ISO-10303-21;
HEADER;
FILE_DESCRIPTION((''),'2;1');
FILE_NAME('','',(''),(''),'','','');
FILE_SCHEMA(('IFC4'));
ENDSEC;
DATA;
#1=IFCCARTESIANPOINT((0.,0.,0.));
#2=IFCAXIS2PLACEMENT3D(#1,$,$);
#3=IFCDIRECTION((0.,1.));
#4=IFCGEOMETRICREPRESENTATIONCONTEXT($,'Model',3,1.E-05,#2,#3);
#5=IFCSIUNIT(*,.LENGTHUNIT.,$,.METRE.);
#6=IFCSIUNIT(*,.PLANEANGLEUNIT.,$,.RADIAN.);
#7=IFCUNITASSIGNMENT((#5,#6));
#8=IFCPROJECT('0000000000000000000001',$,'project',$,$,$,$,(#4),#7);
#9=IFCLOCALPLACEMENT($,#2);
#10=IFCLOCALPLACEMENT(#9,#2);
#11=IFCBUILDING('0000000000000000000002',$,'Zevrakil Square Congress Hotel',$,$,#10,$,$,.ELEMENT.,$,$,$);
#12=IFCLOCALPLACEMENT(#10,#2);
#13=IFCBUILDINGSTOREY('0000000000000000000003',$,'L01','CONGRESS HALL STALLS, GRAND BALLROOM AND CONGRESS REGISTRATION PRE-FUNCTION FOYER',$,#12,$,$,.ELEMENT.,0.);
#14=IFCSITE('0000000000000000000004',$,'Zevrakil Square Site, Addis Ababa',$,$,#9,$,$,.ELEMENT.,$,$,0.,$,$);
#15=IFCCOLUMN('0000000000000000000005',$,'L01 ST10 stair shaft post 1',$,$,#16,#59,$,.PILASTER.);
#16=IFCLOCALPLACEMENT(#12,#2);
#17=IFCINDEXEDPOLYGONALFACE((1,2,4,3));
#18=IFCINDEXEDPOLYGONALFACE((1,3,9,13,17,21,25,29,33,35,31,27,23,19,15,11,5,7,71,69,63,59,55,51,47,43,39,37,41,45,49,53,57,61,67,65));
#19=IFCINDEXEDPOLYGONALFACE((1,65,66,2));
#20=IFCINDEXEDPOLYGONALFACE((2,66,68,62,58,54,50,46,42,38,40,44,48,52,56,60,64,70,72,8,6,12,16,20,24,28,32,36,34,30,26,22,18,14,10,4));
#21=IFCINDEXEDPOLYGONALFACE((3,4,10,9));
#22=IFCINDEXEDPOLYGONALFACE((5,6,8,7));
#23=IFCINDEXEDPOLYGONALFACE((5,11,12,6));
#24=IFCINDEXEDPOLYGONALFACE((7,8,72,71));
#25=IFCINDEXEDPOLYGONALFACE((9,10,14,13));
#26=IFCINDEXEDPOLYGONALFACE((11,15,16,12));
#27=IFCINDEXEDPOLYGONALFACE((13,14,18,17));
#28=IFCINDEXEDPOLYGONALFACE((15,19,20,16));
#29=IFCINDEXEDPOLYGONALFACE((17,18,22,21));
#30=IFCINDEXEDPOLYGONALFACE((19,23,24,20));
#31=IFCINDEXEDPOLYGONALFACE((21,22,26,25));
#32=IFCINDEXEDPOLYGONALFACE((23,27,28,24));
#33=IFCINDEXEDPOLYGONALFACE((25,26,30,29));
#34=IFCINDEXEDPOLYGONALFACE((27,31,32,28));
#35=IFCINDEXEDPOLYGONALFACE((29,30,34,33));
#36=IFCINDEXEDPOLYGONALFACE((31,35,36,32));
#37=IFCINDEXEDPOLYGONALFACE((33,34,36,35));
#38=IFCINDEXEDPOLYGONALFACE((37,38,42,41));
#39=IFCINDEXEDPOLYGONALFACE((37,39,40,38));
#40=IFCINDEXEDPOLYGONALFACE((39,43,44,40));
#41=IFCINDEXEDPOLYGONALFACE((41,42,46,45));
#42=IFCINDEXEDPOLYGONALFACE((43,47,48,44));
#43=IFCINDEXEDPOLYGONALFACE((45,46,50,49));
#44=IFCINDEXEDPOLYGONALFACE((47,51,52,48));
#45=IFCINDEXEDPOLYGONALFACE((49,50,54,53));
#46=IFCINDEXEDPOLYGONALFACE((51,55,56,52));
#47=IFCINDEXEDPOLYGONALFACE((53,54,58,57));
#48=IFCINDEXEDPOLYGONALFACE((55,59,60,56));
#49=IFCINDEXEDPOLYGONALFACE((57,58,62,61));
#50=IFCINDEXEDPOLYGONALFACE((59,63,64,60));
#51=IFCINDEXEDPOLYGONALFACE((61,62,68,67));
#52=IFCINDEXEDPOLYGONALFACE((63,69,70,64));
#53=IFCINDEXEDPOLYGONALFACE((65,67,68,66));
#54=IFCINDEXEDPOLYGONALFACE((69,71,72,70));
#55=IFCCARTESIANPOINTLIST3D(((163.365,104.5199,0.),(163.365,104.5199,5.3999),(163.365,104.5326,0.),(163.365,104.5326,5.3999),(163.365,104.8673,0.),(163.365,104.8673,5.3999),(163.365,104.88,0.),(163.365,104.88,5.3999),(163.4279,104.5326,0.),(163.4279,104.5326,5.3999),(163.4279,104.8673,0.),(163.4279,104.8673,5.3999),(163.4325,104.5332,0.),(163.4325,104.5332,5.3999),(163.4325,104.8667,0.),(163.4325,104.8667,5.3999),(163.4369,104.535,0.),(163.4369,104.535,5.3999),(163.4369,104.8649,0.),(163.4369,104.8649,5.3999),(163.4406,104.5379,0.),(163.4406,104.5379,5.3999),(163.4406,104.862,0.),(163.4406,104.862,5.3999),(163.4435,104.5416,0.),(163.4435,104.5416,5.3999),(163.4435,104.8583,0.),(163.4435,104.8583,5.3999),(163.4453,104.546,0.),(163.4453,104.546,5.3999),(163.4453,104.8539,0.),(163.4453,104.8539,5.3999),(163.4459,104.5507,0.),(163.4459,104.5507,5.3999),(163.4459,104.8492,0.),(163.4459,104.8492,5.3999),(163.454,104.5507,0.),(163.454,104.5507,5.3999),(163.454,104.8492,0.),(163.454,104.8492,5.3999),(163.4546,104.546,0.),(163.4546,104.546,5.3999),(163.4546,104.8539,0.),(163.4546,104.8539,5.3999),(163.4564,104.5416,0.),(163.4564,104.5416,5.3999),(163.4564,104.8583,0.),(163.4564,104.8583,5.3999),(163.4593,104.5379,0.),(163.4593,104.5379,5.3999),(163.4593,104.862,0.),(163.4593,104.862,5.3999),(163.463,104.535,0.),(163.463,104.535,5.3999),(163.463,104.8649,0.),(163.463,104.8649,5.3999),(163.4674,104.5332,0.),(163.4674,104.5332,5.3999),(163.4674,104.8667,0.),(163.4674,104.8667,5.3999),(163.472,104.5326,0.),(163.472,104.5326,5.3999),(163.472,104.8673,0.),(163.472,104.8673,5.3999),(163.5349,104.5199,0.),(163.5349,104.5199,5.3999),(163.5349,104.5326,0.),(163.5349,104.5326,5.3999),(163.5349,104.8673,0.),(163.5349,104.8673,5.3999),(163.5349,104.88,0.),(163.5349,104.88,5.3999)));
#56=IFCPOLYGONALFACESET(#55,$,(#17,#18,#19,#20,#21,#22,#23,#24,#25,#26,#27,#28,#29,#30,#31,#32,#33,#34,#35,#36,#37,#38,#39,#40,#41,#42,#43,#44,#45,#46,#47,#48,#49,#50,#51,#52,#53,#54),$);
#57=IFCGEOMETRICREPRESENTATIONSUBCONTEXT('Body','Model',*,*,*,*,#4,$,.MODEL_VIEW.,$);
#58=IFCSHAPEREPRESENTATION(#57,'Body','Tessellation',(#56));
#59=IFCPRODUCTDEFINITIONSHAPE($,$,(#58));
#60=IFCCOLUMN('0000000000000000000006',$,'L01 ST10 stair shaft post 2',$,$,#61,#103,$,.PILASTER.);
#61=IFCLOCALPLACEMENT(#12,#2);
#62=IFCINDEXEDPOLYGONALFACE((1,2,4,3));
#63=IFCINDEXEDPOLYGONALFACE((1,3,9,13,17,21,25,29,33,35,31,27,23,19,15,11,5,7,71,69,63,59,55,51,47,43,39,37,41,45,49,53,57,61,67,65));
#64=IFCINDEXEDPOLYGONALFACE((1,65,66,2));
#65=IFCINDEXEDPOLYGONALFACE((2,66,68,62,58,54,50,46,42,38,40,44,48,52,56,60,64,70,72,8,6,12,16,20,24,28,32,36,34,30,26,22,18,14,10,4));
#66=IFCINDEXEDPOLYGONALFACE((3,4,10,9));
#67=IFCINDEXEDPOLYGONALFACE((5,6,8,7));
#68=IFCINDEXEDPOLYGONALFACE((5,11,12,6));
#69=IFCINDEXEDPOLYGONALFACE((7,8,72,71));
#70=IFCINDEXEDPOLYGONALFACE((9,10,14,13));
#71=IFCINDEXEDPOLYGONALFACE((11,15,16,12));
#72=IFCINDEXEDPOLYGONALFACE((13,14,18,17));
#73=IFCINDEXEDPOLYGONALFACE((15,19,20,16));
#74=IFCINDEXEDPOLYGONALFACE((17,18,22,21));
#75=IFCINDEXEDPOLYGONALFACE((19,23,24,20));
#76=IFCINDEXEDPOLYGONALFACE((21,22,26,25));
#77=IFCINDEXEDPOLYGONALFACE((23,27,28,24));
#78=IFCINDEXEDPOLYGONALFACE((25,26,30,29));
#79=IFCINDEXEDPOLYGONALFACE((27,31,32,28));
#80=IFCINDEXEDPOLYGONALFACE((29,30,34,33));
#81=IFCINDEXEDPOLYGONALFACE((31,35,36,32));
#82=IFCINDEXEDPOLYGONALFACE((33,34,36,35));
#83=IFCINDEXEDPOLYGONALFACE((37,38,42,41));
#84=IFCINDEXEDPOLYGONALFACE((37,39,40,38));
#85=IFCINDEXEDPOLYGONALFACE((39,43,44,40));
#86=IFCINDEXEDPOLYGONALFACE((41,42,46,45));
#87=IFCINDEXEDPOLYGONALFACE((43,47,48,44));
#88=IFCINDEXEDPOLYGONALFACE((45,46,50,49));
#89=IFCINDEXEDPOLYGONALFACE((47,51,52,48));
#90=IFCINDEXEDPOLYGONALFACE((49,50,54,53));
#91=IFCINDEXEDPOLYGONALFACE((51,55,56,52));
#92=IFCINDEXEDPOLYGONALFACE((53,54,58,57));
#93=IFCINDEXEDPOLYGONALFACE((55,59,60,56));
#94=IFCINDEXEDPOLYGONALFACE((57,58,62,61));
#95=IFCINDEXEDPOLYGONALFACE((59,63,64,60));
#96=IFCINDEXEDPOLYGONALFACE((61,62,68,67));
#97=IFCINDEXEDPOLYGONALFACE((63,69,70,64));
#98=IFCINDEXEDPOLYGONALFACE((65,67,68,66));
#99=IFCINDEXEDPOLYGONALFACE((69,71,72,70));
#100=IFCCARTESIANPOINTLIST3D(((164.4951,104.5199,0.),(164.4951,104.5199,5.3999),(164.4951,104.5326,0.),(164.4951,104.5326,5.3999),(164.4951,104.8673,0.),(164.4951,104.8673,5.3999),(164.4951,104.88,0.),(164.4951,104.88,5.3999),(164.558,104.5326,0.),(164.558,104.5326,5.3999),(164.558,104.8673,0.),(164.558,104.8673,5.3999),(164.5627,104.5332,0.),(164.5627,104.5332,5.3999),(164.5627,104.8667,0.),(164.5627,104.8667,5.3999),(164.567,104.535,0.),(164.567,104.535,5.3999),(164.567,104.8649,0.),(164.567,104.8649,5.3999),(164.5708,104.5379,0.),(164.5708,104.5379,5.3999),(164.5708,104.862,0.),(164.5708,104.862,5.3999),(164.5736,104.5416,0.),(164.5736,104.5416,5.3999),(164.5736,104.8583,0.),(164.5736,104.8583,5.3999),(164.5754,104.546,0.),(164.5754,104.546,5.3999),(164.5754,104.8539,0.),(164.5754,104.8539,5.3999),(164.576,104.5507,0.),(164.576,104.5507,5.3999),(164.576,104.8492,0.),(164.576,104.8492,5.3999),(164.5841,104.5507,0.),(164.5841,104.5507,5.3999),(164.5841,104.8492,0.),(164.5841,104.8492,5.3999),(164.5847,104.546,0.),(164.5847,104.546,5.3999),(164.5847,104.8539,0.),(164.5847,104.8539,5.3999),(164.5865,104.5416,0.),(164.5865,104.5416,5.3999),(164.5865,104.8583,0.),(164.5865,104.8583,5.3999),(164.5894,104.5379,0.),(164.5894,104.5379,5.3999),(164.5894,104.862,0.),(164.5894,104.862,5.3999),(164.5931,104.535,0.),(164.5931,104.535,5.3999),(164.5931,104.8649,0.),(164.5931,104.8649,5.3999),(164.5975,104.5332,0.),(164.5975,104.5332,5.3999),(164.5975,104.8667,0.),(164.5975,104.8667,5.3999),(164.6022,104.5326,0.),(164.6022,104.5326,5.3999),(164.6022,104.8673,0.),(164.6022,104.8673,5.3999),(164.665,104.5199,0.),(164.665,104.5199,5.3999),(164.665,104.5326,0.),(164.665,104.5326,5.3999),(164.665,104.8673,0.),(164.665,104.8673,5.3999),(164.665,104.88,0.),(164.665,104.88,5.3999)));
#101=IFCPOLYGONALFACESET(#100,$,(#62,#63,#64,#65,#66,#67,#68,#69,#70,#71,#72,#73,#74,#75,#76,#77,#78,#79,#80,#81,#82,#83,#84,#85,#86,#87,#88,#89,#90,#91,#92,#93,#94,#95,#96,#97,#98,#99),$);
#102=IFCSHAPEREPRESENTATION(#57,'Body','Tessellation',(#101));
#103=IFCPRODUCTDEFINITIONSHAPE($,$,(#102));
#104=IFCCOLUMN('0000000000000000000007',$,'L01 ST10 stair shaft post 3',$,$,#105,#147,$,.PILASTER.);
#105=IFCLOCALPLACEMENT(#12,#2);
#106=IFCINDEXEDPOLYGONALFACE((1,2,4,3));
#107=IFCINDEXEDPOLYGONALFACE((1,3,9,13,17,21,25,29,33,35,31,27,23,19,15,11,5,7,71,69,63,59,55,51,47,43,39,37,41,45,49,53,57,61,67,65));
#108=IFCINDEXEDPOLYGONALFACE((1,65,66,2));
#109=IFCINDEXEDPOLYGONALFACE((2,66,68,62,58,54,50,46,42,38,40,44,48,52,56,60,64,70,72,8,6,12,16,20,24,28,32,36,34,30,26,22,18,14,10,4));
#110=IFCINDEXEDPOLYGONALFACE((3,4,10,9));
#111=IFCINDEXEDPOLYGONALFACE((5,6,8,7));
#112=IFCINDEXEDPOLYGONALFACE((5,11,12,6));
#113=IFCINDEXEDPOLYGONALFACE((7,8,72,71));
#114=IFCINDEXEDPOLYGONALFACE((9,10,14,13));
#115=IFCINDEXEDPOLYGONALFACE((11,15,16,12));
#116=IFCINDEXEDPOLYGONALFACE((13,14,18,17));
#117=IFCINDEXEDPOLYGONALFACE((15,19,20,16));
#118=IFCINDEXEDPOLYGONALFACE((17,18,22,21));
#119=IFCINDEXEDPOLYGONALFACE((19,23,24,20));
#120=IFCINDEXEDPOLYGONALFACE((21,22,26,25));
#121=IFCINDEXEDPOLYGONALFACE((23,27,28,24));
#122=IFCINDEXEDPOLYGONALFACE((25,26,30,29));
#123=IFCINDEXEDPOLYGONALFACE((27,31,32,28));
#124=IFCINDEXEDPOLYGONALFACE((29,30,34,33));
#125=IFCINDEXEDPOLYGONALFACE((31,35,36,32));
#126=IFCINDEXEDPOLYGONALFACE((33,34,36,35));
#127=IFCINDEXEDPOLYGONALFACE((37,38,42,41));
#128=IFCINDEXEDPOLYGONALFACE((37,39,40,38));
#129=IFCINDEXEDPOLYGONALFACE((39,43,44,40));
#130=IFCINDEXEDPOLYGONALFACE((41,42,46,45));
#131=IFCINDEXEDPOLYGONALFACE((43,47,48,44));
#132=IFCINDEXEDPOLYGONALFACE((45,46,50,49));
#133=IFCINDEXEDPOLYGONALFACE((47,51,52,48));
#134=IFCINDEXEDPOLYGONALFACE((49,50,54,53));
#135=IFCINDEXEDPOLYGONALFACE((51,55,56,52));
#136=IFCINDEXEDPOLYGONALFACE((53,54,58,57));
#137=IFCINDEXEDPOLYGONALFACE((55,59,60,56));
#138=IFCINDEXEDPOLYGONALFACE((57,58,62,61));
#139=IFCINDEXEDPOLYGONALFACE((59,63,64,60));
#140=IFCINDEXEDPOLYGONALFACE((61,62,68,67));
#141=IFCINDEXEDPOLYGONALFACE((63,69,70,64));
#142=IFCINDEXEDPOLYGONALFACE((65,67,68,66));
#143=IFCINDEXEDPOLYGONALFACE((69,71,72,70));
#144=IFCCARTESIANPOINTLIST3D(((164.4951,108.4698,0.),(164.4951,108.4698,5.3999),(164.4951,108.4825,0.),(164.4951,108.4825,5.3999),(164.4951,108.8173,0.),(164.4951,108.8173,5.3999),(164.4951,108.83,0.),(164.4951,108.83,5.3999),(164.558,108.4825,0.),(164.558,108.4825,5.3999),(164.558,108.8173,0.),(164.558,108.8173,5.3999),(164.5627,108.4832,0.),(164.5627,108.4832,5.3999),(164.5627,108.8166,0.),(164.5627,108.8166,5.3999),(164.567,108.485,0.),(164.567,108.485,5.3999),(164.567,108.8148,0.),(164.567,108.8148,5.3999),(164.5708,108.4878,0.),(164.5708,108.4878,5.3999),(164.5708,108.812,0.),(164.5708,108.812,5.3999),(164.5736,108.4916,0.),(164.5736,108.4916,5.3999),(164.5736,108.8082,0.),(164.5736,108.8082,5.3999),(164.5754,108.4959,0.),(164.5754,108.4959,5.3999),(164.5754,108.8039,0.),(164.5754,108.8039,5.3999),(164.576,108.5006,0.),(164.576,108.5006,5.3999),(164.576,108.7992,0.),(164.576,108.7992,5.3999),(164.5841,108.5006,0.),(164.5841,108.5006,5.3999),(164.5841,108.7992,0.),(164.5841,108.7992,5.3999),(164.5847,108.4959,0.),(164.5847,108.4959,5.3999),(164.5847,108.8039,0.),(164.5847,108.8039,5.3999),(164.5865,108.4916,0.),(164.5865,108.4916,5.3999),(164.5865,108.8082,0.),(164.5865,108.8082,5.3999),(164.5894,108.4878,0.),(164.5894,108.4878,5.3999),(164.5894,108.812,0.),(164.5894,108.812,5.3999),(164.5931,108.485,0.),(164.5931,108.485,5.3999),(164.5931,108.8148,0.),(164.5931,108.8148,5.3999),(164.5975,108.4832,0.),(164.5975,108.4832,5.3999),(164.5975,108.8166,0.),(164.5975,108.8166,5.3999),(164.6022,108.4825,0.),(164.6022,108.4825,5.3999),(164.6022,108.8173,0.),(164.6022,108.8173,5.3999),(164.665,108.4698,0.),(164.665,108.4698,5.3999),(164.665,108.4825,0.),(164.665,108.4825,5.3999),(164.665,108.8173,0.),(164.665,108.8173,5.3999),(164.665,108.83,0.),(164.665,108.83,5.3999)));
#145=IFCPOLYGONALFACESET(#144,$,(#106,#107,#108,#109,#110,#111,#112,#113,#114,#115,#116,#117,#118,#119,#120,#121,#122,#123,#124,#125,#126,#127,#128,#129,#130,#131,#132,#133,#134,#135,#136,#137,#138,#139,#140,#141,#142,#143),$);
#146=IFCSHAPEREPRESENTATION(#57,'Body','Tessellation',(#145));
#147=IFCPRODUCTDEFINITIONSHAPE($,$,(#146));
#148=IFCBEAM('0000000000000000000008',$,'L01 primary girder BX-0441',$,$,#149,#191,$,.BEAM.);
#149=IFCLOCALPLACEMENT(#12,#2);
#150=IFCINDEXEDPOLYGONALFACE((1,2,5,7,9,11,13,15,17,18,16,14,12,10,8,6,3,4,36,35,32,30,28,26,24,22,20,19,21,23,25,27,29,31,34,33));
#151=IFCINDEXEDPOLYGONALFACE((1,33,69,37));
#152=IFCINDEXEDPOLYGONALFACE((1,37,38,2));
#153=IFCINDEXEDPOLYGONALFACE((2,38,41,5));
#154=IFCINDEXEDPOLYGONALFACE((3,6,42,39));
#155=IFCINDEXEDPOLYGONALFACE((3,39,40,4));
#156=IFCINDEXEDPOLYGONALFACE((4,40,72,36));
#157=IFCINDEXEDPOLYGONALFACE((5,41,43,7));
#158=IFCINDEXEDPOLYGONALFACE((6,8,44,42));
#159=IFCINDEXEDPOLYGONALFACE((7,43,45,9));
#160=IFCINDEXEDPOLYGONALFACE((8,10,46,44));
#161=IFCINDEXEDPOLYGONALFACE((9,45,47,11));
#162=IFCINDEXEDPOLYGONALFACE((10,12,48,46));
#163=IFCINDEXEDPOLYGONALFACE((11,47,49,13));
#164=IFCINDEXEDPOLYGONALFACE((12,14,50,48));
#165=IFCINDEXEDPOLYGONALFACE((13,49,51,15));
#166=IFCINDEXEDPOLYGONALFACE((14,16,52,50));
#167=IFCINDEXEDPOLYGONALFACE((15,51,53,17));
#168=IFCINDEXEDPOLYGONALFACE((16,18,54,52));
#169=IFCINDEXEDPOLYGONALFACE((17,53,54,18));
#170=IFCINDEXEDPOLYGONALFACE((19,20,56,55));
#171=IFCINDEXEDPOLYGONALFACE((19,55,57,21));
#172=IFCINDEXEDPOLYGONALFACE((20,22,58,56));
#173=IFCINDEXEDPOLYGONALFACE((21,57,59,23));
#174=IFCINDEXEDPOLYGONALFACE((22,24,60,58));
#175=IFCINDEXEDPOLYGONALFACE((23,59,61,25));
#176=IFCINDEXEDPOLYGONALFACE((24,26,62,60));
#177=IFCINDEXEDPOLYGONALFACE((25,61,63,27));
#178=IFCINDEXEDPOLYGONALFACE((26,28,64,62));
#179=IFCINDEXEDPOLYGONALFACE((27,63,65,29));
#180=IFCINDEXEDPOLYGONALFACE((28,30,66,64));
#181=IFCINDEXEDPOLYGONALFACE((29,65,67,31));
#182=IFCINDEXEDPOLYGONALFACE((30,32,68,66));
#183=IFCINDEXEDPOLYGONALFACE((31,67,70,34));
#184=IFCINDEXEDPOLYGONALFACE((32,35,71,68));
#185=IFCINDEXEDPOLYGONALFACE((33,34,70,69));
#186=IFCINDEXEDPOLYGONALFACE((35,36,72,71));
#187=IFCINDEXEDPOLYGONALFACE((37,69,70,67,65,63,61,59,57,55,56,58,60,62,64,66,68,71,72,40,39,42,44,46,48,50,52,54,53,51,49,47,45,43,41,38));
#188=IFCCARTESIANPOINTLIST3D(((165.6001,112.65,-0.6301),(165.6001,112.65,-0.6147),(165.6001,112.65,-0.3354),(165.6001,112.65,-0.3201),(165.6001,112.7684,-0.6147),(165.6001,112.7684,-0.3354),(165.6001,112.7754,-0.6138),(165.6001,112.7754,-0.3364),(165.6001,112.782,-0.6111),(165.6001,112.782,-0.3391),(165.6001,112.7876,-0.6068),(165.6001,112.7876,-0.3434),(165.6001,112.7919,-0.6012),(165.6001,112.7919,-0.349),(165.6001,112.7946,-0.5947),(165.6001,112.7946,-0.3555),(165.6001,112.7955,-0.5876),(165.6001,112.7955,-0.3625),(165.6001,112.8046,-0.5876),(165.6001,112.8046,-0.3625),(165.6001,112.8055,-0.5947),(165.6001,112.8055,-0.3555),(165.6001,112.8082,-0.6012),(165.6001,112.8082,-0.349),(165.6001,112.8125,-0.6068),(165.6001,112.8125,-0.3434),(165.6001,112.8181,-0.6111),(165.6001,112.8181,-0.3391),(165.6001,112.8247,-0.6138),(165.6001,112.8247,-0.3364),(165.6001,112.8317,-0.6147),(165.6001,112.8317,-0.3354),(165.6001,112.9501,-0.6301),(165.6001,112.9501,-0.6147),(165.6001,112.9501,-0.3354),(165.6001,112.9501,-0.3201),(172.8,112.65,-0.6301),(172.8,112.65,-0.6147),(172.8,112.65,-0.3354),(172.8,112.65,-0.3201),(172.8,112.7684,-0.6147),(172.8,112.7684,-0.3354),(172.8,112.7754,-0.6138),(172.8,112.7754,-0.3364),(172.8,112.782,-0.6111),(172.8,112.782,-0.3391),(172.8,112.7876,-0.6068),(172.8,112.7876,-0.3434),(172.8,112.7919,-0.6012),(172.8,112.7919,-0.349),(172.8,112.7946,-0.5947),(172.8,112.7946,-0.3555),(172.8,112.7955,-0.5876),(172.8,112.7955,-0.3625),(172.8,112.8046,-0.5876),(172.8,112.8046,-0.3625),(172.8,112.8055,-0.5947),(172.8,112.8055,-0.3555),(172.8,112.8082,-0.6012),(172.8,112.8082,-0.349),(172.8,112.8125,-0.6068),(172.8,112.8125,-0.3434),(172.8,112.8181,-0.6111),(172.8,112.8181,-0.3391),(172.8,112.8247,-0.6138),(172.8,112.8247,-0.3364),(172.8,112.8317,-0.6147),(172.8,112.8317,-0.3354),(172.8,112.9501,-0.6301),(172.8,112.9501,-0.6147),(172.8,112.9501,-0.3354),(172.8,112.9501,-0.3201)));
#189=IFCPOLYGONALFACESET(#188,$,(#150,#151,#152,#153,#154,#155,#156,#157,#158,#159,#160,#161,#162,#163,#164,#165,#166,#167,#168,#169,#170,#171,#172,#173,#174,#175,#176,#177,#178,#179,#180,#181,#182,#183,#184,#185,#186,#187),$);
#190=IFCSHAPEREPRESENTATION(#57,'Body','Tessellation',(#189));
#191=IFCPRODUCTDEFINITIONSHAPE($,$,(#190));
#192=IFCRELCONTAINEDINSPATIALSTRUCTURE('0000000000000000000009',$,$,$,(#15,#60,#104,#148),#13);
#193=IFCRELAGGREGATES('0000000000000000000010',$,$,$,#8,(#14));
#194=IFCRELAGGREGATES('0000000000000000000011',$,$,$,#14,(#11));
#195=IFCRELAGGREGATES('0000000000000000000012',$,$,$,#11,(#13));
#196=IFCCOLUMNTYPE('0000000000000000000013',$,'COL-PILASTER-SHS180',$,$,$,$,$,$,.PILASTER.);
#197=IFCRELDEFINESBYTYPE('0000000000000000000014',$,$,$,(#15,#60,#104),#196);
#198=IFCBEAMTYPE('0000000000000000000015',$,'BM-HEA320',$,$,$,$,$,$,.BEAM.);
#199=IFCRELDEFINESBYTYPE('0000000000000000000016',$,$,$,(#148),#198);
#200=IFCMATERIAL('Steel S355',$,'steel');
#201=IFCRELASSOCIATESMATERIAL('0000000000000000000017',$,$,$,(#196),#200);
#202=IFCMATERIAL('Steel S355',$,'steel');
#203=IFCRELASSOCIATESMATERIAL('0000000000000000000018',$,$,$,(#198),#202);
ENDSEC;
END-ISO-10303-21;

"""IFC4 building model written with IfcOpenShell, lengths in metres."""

from ifc_helpers import new_model, si_unit, direction, frame, origin, origin_2d, place, context, subcontext, project, spatial, i_section, extrude, material, material_profile, profile_set, type_object, element, save


model = new_model("IFC4")

# Units and contexts
model_context = context("Model", 3, precision=1e-05, world=origin(), true_north=direction((0.0, 1.0)))
body_context = subcontext(model_context, "Body", "Model", "MODEL_VIEW")
ifc_project = project(units=[si_unit("LENGTHUNIT", "METRE"), si_unit("PLANEANGLEUNIT", "RADIAN")], contexts=[model_context])

# Site, building, storey
site_placement = place(None, origin())
site = spatial("IfcSite", under=ifc_project, at=site_placement, Name="Zevrakil Square Site, Addis Ababa", CompositionType="ELEMENT", RefElevation=0.0)
building_placement = place(site_placement, origin())
building = spatial("IfcBuilding", under=site, at=building_placement, Name="Zevrakil Square Congress Hotel", CompositionType="ELEMENT")
storey_placement = place(building_placement, origin())
storey = spatial("IfcBuildingStorey", under=building, at=storey_placement, Name="L01", Description="CONGRESS HALL STALLS, GRAND BALLROOM AND CONGRESS REGISTRATION PRE-FUNCTION FOYER", CompositionType="ELEMENT", Elevation=0.0)

# Columns
ifc_material_1 = material(Name="Steel S355", Category="steel")
ifc_material_profile_1 = material_profile(ifc_material_1, i_section(OverallWidth=0.1699, OverallDepth=0.3601, WebThickness=0.0081, FlangeThickness=0.0127, FilletRadius=0.0181, at=origin_2d()), Name="IPE 360")
ifc_profile_set_1 = profile_set([ifc_material_profile_1], Name="Steel S355")
column_type_1 = type_object("IfcColumnType", Name="COL-PILASTER-SHS180", PredefinedType="PILASTER", material=ifc_profile_set_1)
for number, where, z_axis, x_axis, name in (
    (1, (163.45, 104.7, 0.0), (0.0, 0.0, 1.0), (1.0, 0.0, 0.0), "L01 ST10 stair shaft post 1"),
    (2, (164.5801, 104.7, 0.0), (0.0, 0.0, 1.0), (1.0, 0.0, 0.0), "L01 ST10 stair shaft post 2"),
    (3, (164.5801, 108.6499, 0.0), (0.0, 0.0, 1.0), (1.0, 0.0, 0.0), "L01 ST10 stair shaft post 3"),
):
    element("IfcColumn", number, at=place(storey_placement, frame(where, z_axis=z_axis, x_axis=x_axis)), inside=storey, type_object=column_type_1, Name=name, PredefinedType="PILASTER", context=body_context, shape_type="SweptSolid", body=[
        extrude(i_section(OverallWidth=0.1699, OverallDepth=0.3601, WebThickness=0.0081, FlangeThickness=0.0127, FilletRadius=0.0181, at=origin_2d()), origin(), (0.0, 0.0, 1.0), 5.3999),
    ])

# Beam
ifc_material_2 = material(Name="Steel S355", Category="steel")
ifc_material_profile_2 = material_profile(ifc_material_2, i_section(OverallWidth=0.3, OverallDepth=0.3101, WebThickness=0.009, FlangeThickness=0.0154, FilletRadius=0.0271, at=origin_2d()), Name="HEA 320")
ifc_profile_set_2 = profile_set([ifc_material_profile_2], Name="Steel S355")
beam_type_1 = type_object("IfcBeamType", Name="BM-HEA320", PredefinedType="BEAM", material=ifc_profile_set_2)
beam_1_placement = place(storey_placement, frame((165.6001, 112.8, -0.4751), z_axis=(1.0, 0.0, 0.0), x_axis=(0.0, 1.0, 0.0)))
element("IfcBeam", 4, at=beam_1_placement, inside=storey, type_object=beam_type_1, Name="L01 primary girder BX-0441", PredefinedType="BEAM", context=body_context, shape_type="SweptSolid", body=[
    extrude(i_section(OverallWidth=0.3, OverallDepth=0.3101, WebThickness=0.009, FlangeThickness=0.0154, FilletRadius=0.0271, at=origin_2d()), origin(), (0.0, 0.0, 1.0), 7.2),
])

save(model, "model.ifc")
